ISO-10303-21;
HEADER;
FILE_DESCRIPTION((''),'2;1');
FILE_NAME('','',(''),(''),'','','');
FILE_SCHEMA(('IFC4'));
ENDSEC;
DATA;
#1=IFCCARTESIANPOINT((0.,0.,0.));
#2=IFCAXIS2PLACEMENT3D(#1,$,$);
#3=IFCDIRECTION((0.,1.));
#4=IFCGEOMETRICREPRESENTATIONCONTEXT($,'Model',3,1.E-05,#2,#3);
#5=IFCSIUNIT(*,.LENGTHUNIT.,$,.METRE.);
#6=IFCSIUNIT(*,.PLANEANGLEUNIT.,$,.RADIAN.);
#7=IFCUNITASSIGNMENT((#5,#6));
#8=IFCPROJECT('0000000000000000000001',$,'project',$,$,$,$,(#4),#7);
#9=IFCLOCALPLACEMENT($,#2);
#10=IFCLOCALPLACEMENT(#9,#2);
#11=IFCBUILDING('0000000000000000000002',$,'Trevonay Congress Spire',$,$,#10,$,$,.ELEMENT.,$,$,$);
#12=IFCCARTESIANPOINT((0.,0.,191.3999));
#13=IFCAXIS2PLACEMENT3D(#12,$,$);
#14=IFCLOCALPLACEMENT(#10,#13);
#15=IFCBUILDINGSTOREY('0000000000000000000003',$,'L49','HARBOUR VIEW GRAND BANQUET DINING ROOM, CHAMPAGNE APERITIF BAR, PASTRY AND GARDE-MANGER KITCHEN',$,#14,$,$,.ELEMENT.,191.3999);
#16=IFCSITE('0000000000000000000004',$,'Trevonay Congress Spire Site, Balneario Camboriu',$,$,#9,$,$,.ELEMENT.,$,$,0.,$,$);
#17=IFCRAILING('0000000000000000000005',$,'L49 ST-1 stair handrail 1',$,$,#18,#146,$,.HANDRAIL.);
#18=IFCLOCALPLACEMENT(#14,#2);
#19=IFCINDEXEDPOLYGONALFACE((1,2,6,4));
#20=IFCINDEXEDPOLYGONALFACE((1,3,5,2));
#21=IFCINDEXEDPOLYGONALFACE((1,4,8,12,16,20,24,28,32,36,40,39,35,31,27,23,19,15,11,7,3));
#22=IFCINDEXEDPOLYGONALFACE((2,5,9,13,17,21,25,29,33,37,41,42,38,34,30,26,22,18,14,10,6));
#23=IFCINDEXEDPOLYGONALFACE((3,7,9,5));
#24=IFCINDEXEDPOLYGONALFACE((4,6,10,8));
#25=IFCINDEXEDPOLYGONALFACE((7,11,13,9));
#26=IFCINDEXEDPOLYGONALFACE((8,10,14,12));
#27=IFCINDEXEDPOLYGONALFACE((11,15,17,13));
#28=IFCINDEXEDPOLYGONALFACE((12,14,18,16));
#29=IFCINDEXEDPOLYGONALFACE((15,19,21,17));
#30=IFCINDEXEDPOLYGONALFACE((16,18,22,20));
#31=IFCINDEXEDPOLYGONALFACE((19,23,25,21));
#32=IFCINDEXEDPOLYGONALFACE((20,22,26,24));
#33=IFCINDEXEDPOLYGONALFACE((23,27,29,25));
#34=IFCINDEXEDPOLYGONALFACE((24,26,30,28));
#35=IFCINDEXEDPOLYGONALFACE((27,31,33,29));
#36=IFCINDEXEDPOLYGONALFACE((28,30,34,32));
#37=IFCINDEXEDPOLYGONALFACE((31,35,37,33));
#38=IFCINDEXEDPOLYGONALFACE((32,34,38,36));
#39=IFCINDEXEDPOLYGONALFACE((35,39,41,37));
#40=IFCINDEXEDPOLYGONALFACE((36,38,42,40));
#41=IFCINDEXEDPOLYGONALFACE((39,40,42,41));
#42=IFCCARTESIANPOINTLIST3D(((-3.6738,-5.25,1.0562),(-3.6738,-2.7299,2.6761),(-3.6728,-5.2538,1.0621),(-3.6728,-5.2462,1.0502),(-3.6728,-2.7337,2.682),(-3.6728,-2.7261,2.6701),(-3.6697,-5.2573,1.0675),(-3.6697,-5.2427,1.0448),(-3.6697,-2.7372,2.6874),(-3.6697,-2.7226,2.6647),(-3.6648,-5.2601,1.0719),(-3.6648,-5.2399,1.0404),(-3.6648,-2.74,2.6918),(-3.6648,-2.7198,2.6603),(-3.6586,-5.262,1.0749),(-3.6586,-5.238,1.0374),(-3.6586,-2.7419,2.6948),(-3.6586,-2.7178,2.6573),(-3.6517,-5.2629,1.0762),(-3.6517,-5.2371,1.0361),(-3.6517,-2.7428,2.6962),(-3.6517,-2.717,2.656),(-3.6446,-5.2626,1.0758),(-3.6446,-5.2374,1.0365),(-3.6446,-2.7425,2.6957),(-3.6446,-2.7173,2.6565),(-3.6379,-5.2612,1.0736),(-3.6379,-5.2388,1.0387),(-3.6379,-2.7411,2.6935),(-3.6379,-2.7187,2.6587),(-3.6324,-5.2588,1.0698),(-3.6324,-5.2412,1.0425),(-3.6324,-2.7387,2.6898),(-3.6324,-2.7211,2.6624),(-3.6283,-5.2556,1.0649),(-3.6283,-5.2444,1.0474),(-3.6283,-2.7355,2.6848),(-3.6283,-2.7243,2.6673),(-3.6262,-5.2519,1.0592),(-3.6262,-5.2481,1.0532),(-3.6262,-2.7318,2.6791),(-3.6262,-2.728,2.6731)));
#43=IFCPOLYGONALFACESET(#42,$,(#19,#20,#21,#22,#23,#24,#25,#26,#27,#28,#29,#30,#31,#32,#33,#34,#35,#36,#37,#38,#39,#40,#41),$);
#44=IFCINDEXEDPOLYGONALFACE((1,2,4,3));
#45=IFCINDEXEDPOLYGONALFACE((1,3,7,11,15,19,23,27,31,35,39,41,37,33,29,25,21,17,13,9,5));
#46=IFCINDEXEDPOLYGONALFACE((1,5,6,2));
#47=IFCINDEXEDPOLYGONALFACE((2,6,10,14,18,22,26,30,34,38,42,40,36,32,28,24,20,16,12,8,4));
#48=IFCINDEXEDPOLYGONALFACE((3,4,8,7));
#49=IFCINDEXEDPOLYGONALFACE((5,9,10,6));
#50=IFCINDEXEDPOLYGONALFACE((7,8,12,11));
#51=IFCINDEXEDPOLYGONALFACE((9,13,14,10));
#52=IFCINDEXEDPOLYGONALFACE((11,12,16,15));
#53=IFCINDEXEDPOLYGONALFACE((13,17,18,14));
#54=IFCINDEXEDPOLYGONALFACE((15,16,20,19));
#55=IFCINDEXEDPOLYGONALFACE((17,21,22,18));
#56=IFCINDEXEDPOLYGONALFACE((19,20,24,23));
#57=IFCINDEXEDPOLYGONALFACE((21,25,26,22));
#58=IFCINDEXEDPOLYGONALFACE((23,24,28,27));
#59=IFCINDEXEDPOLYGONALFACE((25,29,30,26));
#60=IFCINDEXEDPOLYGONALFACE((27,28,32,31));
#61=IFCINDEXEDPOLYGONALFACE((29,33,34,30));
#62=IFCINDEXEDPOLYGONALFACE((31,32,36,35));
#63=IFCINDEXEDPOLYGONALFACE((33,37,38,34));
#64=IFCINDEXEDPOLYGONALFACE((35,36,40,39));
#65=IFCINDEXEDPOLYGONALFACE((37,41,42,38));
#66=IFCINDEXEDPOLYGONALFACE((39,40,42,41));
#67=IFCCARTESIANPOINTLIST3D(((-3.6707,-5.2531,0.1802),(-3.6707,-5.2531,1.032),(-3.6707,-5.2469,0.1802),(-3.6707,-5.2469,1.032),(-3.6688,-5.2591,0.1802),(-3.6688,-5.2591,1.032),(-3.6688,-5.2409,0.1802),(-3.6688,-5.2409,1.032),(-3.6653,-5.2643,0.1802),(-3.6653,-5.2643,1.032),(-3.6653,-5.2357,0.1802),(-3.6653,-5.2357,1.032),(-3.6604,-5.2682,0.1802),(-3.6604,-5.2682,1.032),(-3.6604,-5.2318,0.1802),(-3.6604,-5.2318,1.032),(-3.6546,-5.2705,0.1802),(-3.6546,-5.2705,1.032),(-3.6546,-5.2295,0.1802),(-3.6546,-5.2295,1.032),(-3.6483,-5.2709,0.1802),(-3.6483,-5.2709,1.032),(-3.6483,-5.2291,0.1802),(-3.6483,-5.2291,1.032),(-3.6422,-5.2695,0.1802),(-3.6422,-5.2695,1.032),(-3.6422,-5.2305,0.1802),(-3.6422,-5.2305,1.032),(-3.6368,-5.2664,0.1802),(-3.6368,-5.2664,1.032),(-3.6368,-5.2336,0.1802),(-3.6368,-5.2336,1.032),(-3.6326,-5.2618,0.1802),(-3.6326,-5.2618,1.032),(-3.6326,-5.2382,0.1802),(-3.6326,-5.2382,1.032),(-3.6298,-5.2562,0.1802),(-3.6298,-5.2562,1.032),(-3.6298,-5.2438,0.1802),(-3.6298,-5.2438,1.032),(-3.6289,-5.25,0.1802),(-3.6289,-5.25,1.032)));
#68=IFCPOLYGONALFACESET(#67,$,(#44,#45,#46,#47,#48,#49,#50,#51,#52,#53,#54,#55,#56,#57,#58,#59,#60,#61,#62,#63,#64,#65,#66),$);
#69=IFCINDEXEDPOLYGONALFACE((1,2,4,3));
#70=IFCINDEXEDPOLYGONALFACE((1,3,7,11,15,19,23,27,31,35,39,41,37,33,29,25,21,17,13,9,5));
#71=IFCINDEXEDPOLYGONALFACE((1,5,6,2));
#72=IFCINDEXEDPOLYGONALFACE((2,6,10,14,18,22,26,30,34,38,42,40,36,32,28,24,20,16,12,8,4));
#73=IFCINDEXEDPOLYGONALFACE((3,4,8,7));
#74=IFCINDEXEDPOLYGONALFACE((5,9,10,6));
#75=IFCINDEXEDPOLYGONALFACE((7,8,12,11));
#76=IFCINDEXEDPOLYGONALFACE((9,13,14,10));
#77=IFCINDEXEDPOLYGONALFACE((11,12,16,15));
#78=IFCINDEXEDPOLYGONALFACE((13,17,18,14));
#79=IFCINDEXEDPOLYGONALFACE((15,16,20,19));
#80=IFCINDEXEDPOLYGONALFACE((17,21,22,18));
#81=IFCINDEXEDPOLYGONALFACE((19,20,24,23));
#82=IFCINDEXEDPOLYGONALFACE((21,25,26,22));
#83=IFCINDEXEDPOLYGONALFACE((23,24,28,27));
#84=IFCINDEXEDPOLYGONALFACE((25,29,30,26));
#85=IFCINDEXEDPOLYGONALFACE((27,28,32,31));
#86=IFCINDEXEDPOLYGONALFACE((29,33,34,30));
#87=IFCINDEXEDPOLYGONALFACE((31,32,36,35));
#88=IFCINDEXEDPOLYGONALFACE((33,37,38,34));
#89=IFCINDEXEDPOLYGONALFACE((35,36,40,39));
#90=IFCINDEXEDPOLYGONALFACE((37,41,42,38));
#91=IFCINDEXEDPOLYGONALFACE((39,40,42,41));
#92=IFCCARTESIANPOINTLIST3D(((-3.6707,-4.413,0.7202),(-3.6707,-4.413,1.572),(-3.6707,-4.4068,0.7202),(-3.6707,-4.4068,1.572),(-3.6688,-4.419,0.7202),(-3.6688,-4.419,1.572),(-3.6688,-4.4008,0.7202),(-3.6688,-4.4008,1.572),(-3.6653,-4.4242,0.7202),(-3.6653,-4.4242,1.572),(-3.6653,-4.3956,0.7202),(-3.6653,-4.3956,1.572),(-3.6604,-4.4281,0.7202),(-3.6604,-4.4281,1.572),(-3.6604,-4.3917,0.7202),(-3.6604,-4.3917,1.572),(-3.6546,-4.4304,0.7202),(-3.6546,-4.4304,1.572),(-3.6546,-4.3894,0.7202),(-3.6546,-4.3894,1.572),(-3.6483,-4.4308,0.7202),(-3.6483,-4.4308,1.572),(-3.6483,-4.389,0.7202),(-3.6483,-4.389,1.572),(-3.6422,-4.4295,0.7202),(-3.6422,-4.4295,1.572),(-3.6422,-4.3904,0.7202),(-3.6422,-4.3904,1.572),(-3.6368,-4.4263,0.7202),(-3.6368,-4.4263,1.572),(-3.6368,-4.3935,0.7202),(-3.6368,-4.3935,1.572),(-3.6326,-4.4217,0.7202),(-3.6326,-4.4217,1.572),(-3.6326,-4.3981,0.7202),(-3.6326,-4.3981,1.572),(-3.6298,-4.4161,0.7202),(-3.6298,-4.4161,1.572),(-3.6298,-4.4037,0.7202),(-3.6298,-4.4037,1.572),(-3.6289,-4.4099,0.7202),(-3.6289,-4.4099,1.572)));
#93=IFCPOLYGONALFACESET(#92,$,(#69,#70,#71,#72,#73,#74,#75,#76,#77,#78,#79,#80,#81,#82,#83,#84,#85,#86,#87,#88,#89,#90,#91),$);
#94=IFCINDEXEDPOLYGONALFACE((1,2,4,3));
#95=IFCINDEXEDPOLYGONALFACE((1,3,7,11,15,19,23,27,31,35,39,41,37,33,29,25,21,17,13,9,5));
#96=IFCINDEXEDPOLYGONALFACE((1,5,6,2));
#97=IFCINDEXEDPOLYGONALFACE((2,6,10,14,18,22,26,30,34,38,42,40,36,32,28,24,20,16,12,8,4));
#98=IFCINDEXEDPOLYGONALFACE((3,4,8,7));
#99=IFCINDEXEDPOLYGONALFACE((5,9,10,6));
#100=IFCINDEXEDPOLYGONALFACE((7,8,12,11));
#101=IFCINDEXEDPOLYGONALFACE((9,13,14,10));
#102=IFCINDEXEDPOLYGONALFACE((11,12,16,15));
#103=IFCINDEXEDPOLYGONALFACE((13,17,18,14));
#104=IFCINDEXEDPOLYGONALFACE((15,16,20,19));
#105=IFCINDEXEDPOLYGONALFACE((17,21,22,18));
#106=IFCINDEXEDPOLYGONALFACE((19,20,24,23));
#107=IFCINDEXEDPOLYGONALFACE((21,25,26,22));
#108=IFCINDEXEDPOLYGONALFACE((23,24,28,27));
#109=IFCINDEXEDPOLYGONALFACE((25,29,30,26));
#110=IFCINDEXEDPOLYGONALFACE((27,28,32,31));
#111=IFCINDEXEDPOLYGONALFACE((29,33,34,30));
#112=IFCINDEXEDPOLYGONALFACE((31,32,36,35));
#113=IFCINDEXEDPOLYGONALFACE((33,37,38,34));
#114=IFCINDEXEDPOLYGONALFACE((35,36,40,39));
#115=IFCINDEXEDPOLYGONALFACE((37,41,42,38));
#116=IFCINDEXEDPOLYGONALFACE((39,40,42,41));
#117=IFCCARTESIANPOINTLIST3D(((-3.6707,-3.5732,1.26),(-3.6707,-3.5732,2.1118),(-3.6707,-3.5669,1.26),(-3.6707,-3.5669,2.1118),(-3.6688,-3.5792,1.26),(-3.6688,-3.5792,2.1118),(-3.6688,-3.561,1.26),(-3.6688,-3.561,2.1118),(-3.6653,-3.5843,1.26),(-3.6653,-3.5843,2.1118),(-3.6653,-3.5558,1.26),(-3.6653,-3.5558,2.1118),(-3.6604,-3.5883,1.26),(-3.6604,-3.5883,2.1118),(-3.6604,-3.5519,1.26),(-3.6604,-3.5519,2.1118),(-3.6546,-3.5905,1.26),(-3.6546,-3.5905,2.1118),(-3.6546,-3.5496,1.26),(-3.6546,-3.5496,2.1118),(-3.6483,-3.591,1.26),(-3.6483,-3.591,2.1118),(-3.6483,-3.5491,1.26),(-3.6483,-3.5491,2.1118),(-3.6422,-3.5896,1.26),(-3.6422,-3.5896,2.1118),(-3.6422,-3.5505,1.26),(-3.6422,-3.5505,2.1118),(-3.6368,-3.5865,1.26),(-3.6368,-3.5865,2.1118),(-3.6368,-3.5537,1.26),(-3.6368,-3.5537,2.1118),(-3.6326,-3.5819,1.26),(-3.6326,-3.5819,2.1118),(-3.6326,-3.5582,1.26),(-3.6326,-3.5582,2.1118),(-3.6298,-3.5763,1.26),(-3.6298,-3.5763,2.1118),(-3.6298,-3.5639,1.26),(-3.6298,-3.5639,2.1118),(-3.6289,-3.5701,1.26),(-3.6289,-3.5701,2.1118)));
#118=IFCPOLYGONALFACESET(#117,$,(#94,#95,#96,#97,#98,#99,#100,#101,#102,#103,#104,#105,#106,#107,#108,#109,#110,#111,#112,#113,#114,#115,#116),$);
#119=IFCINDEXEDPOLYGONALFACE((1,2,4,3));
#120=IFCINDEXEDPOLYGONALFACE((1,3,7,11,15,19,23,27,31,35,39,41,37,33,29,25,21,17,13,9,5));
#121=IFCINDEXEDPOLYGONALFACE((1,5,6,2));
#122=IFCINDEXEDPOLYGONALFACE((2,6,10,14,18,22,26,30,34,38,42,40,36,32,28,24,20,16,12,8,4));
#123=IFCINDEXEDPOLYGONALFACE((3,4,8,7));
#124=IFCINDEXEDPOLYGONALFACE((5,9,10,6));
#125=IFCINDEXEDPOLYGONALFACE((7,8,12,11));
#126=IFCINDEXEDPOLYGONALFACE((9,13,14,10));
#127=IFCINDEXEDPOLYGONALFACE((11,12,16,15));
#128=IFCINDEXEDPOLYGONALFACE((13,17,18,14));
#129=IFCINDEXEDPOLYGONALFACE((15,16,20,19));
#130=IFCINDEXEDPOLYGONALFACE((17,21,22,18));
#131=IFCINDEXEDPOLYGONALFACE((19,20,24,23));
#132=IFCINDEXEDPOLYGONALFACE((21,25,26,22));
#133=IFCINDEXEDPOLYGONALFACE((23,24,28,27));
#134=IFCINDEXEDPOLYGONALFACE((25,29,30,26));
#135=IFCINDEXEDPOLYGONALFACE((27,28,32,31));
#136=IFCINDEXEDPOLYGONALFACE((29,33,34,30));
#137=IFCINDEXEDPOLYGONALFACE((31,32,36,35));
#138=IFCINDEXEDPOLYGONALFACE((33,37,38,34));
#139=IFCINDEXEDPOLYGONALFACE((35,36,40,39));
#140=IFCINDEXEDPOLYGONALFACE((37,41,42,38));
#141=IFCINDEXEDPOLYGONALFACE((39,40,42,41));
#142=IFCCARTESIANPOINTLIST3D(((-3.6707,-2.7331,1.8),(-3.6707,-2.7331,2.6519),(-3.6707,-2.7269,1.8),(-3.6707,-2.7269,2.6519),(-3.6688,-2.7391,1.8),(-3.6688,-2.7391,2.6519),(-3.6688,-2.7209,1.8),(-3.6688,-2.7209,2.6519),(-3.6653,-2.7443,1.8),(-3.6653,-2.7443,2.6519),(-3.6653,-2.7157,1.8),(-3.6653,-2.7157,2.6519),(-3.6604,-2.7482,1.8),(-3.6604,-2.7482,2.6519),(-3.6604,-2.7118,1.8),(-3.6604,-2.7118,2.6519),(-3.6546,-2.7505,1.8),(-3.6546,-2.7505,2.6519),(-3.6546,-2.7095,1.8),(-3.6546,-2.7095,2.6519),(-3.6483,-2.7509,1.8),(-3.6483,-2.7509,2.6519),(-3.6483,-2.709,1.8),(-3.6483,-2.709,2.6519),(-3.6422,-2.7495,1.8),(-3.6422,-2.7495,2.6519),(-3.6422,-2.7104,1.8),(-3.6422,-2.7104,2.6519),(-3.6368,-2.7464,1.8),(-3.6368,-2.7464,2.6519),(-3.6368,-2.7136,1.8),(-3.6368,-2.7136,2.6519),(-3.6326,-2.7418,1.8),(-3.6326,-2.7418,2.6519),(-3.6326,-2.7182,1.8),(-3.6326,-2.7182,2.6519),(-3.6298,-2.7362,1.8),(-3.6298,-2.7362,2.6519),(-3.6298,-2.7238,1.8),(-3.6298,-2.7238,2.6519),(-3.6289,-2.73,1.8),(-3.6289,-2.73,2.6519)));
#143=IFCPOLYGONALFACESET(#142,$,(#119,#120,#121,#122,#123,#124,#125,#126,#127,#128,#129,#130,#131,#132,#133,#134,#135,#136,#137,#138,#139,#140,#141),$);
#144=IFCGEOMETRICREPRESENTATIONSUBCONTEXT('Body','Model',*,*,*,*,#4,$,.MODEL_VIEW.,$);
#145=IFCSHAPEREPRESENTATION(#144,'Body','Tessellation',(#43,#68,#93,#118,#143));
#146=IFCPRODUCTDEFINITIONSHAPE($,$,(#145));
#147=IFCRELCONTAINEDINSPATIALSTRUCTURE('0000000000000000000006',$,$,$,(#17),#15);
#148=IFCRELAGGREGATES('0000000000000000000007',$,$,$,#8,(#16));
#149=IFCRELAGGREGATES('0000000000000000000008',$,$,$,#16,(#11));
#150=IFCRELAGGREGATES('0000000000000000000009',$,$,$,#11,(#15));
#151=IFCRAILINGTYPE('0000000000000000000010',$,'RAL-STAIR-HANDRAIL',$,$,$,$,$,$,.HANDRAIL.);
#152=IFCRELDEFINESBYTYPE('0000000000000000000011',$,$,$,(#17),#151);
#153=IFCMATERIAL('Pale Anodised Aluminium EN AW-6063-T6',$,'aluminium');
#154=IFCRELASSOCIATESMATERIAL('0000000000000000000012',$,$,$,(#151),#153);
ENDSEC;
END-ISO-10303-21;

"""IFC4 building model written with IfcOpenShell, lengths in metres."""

from ifc_helpers import new_model, si_unit, direction, frame, origin, origin_2d, place, context, subcontext, project, spatial, circle, extrude, material, type_object, element, save


model = new_model("IFC4")

# Units and contexts
model_context = context("Model", 3, precision=1e-05, world=origin(), true_north=direction((0.0, 1.0)))
body_context = subcontext(model_context, "Body", "Model", "MODEL_VIEW")
ifc_project = project(units=[si_unit("LENGTHUNIT", "METRE"), si_unit("PLANEANGLEUNIT", "RADIAN")], contexts=[model_context])

# Site, building, storey
site_placement = place(None, origin())
site = spatial("IfcSite", under=ifc_project, at=site_placement, Name="Trevonay Congress Spire Site, Balneario Camboriu", CompositionType="ELEMENT", RefElevation=0.0)
building_placement = place(site_placement, origin())
building = spatial("IfcBuilding", under=site, at=building_placement, Name="Trevonay Congress Spire", CompositionType="ELEMENT")
storey_placement = place(building_placement, frame((0.0, 0.0, 191.3999)))
storey = spatial("IfcBuildingStorey", under=building, at=storey_placement, Name="L49", Description="HARBOUR VIEW GRAND BANQUET DINING ROOM, CHAMPAGNE APERITIF BAR, PASTRY AND GARDE-MANGER KITCHEN", CompositionType="ELEMENT", Elevation=191.3999)

# Railing
ifc_material_1 = material(Name="Pale Anodised Aluminium EN AW-6063-T6", Category="aluminium")
railing_type_1 = type_object("IfcRailingType", Name="RAL-STAIR-HANDRAIL", PredefinedType="HANDRAIL", material=ifc_material_1)
railing_1_placement = place(storey_placement, frame((-3.6499, -5.25, 0.1802)))
element("IfcRailing", 1, at=railing_1_placement, inside=storey, type_object=railing_type_1, Name="L49 ST-1 stair handrail 1", PredefinedType="HANDRAIL", context=body_context, shape_type="SweptSolid", body=[
    extrude(circle(Radius=0.0239, at=origin_2d()), frame((0.0, 0.0, 0.876), z_axis=(0.0, 0.8412, 0.540725), x_axis=(-1.0, 0.0, 0.0)), (0.0, 0.0, 1.0), 2.9958),
    extrude(circle(Radius=0.021, at=origin_2d()), origin(), (0.0, 0.0, 1.0), 0.8518),
    extrude(circle(Radius=0.021, at=origin_2d()), frame((0.0, 0.8401, 0.54)), (0.0, 0.0, 1.0), 0.8518),
    extrude(circle(Radius=0.021, at=origin_2d()), frame((0.0, 1.6799, 1.0798)), (0.0, 0.0, 1.0), 0.8518),
    extrude(circle(Radius=0.021, at=origin_2d()), frame((0.0, 2.52, 1.6199)), (0.0, 0.0, 1.0), 0.8518),
])

save(model, "model.ifc")
